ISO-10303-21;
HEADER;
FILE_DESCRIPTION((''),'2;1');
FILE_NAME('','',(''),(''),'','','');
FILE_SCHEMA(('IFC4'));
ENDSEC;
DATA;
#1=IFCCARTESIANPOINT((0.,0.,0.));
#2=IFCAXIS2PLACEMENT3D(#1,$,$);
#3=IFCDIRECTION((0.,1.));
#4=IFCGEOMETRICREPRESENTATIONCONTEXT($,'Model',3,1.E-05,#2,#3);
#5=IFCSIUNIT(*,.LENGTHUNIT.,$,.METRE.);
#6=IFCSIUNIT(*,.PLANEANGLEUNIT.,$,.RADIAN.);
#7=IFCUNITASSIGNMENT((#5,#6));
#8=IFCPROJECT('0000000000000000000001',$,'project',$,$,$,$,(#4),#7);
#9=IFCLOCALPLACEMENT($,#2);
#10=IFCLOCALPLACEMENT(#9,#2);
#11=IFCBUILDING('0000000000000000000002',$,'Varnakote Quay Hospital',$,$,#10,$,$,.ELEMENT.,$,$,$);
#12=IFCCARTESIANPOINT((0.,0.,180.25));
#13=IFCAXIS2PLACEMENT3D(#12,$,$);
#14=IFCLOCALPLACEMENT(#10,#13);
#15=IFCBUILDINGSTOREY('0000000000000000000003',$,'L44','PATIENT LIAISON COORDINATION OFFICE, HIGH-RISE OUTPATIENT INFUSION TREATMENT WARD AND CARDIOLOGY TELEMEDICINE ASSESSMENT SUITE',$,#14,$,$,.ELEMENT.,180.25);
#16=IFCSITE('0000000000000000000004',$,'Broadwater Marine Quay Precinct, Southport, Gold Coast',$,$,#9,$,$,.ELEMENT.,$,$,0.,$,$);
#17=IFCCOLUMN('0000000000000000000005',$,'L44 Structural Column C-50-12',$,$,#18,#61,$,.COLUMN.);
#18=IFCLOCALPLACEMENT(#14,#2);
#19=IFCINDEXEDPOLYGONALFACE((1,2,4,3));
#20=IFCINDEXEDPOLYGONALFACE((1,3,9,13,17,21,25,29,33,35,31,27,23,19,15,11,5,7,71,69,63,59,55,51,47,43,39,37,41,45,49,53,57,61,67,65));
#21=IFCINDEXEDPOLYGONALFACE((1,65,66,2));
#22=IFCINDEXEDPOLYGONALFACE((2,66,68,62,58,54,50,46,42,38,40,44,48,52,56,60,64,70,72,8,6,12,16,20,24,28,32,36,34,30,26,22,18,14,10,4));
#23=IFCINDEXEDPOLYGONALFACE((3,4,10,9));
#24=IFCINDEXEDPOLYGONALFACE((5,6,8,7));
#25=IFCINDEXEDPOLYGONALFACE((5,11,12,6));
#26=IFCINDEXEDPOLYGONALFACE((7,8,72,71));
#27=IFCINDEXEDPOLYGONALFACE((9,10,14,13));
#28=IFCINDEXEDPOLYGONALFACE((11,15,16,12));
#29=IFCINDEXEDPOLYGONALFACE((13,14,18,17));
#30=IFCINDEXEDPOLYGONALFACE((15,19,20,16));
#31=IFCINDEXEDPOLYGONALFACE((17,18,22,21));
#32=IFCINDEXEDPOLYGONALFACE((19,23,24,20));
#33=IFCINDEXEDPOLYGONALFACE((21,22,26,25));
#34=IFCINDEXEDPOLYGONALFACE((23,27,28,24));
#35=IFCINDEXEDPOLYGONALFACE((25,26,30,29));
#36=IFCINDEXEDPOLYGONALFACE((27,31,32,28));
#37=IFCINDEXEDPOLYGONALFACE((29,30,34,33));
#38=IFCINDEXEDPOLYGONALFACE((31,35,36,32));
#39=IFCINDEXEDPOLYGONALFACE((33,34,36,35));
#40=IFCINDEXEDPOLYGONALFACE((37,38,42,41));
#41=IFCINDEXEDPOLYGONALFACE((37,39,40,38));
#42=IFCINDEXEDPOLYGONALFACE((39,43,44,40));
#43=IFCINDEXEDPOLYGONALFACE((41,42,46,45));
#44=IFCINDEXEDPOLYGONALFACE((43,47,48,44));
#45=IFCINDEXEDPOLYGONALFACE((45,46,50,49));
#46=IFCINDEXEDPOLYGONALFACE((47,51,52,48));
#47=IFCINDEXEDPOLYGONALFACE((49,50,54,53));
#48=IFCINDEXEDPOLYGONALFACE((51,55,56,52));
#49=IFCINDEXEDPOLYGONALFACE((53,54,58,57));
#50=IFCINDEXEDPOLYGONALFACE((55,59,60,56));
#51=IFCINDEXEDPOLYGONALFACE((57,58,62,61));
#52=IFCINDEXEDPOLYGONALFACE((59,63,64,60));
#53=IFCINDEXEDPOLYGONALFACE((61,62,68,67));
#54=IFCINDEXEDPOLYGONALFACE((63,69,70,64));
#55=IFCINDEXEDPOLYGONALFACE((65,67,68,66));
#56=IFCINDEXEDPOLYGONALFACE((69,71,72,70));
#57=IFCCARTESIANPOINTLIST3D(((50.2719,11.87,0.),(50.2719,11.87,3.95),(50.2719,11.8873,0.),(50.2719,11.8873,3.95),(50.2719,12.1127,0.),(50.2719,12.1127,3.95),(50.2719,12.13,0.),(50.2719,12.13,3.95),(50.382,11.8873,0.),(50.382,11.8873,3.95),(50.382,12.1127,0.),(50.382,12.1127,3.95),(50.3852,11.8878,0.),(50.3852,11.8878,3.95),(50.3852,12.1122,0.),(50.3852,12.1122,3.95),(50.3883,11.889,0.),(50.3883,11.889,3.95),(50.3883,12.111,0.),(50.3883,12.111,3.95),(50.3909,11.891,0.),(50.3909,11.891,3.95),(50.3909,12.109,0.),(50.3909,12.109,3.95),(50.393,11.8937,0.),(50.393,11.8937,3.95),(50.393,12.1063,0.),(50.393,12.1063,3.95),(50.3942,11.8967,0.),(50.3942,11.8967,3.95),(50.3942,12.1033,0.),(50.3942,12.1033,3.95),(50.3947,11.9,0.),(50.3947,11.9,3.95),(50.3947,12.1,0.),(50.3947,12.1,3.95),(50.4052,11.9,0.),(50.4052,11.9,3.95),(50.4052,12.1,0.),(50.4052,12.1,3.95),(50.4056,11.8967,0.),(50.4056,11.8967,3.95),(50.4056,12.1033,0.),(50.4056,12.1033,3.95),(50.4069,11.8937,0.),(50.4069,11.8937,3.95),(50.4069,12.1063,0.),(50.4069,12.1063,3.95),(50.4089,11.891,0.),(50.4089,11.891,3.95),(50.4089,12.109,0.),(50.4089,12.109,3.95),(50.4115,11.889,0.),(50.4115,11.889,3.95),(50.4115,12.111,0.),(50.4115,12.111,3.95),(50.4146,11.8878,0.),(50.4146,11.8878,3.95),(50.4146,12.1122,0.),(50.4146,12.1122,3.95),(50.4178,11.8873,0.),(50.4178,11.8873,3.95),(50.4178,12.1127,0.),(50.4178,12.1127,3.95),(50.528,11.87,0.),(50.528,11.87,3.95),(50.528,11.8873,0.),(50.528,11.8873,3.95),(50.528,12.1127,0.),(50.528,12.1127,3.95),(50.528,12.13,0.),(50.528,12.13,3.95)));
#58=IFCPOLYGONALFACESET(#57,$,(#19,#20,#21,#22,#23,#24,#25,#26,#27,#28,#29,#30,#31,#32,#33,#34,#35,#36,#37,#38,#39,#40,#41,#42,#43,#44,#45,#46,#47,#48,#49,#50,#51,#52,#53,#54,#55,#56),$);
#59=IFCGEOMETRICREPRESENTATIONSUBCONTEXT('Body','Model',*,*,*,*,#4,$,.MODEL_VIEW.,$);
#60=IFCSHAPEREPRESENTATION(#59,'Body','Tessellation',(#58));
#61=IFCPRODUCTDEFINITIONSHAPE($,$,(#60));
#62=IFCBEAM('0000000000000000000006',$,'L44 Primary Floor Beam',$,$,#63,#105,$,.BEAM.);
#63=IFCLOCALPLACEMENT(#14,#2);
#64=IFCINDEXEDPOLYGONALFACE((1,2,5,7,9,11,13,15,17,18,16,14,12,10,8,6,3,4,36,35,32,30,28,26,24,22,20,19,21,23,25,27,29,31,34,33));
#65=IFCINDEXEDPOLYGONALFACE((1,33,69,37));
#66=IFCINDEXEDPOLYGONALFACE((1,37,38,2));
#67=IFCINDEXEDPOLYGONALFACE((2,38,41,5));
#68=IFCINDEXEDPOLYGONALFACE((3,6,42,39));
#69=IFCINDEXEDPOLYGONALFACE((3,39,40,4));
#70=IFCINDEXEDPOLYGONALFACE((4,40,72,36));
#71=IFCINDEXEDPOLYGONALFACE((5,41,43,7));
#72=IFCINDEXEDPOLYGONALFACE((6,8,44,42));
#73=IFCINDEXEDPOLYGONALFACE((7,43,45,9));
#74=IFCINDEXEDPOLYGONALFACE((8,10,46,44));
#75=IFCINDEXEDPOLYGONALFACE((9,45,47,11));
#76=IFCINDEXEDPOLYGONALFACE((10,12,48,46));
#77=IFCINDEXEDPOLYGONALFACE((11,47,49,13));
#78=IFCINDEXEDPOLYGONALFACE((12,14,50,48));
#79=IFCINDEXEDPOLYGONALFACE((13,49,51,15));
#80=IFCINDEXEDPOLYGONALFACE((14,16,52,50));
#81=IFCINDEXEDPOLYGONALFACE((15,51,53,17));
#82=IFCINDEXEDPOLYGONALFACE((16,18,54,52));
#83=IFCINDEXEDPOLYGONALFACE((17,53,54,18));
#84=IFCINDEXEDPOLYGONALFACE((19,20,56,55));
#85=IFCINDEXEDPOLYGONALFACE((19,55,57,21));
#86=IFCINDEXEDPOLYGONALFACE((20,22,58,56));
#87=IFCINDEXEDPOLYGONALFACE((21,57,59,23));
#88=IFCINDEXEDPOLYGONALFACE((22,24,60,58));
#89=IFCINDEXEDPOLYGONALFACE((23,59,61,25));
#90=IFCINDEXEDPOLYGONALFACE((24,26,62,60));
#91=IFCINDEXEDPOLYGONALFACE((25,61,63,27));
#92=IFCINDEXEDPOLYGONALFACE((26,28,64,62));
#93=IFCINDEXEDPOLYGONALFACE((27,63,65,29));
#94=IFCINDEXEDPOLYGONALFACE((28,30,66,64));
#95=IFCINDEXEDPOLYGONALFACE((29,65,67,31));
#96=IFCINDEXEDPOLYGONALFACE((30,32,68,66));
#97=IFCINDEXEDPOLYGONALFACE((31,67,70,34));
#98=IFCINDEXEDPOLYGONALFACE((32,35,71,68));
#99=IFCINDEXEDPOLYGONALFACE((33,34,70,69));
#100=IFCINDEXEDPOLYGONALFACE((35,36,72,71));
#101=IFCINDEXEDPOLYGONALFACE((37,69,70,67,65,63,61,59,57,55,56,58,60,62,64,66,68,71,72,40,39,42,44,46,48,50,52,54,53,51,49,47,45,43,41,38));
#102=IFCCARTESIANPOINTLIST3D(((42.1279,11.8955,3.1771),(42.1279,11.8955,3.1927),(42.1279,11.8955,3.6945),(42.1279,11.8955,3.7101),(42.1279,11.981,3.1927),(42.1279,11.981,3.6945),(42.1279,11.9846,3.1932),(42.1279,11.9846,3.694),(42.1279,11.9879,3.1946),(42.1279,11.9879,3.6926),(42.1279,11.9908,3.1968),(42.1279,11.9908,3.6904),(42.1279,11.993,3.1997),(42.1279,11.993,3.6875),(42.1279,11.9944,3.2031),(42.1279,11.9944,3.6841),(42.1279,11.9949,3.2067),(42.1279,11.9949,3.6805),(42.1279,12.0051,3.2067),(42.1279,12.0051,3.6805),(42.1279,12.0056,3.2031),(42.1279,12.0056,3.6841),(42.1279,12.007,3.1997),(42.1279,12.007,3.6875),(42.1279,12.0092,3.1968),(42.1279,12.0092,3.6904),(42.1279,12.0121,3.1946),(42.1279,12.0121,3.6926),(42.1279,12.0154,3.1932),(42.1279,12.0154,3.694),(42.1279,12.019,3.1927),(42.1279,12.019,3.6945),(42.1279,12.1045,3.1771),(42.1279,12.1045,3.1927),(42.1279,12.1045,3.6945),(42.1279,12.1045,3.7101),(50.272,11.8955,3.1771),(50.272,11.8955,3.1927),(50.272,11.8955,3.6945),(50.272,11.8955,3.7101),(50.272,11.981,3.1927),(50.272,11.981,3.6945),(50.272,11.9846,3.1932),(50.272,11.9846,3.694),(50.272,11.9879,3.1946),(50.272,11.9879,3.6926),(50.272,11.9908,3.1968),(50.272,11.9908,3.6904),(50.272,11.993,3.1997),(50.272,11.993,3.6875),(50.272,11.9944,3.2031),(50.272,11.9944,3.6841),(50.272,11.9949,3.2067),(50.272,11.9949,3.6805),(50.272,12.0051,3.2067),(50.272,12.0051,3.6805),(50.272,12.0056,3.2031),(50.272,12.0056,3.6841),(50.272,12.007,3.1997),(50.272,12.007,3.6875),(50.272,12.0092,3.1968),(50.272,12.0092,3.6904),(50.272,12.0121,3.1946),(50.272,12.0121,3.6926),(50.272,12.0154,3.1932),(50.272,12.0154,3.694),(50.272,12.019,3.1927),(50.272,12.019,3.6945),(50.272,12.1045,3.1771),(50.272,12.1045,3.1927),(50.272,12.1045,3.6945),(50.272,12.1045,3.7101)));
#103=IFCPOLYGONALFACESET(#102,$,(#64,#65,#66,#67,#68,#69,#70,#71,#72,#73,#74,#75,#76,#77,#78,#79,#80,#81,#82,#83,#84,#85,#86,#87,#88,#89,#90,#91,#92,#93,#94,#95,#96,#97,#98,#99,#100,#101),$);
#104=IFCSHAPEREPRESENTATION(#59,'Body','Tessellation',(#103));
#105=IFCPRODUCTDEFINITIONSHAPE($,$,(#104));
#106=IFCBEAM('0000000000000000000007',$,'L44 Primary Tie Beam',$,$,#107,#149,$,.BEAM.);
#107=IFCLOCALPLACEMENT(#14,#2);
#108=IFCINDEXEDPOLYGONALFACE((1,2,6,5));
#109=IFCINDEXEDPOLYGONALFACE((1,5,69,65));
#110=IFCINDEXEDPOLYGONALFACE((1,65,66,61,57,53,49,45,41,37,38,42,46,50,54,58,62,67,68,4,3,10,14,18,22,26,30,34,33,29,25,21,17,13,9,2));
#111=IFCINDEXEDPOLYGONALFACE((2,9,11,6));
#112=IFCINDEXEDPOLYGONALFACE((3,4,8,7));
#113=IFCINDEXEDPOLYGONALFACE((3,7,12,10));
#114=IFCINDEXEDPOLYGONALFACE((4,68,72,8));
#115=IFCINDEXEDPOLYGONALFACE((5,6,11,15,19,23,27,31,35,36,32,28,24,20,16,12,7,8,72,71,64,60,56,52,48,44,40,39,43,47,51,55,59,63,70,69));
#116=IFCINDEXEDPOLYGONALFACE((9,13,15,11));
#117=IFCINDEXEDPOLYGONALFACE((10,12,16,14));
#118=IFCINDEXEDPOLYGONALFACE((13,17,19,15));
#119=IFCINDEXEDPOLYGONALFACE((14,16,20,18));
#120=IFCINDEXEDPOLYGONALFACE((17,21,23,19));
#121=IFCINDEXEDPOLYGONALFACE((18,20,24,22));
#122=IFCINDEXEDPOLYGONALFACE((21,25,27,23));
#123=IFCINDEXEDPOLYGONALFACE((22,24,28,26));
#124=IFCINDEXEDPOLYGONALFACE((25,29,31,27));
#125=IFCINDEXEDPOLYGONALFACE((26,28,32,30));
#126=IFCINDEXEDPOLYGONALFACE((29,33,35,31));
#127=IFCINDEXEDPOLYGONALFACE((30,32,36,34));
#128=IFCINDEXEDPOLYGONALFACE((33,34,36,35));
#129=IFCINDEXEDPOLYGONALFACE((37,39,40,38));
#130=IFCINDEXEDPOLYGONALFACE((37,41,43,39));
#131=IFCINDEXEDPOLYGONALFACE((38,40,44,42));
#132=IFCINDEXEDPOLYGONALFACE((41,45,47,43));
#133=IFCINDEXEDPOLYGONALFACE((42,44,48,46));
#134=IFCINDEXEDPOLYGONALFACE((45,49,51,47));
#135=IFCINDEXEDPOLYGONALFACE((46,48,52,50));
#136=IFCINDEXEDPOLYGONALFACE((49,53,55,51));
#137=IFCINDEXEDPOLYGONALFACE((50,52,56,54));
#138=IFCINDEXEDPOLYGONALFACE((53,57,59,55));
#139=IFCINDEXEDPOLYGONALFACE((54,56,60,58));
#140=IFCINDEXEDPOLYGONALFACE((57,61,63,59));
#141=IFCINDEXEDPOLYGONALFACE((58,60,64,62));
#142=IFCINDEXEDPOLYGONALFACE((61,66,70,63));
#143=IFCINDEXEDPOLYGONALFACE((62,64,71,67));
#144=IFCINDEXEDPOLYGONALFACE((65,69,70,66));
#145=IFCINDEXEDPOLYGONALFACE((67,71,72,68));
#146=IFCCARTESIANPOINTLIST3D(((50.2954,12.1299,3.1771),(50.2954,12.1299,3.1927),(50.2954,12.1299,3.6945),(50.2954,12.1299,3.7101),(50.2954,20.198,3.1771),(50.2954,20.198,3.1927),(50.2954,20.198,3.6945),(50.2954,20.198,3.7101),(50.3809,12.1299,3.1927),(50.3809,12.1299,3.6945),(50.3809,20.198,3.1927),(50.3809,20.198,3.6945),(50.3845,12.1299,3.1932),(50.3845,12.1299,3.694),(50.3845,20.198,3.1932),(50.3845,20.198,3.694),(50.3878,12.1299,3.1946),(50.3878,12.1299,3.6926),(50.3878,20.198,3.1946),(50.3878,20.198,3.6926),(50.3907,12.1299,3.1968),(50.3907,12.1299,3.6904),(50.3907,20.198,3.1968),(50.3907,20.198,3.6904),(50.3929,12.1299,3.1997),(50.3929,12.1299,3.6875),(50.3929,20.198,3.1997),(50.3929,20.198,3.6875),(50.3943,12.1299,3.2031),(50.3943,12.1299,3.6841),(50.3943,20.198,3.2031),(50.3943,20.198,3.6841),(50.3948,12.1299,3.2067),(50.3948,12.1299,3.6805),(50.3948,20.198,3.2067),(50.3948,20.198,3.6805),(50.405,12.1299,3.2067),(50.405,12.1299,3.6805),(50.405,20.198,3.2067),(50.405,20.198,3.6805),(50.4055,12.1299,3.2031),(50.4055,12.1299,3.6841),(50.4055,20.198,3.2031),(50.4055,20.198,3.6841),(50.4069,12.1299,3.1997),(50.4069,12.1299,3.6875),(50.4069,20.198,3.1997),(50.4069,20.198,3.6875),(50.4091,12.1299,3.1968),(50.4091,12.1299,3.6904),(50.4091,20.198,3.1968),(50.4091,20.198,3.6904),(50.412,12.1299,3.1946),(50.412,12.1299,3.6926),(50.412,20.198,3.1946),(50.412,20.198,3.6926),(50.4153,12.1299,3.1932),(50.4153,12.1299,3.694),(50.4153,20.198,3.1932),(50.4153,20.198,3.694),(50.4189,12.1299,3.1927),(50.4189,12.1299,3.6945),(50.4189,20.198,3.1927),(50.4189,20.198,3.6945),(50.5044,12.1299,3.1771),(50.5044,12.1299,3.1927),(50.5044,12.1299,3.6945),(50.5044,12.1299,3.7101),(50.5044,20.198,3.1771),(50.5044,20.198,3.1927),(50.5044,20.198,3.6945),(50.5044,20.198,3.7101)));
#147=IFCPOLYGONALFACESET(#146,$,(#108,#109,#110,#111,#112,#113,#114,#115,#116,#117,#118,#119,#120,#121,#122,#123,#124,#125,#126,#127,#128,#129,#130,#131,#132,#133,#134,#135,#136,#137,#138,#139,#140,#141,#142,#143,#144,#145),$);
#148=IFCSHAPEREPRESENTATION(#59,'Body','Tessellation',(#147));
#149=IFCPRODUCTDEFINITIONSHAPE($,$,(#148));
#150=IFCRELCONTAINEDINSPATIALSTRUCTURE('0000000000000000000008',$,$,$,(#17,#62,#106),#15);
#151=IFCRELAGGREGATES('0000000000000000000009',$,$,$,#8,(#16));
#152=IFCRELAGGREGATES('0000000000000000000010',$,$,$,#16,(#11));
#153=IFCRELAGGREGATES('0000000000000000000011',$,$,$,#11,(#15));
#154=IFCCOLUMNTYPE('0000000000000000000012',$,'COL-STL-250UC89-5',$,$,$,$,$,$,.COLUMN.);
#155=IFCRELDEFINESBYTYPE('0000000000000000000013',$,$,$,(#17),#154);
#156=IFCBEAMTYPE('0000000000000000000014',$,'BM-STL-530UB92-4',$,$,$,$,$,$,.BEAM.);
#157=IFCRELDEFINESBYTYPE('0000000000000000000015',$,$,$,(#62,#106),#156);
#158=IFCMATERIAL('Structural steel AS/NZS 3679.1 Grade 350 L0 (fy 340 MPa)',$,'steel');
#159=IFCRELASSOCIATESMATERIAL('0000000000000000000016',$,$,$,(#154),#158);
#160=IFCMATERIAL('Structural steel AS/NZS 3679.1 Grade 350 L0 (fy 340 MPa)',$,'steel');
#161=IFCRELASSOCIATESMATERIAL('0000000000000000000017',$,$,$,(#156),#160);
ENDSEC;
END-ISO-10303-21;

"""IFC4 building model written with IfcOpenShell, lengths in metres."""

from ifc_helpers import new_model, si_unit, direction, frame, origin, origin_2d, place, context, subcontext, project, spatial, i_section, extrude, material, material_profile, profile_set, type_object, element, save


model = new_model("IFC4")

# Units and contexts
model_context = context("Model", 3, precision=1e-05, world=origin(), true_north=direction((0.0, 1.0)))
body_context = subcontext(model_context, "Body", "Model", "MODEL_VIEW")
ifc_project = project(units=[si_unit("LENGTHUNIT", "METRE"), si_unit("PLANEANGLEUNIT", "RADIAN")], contexts=[model_context])

# Site, building, storey
site_placement = place(None, origin())
site = spatial("IfcSite", under=ifc_project, at=site_placement, Name="Broadwater Marine Quay Precinct, Southport, Gold Coast", CompositionType="ELEMENT", RefElevation=0.0)
building_placement = place(site_placement, origin())
building = spatial("IfcBuilding", under=site, at=building_placement, Name="Varnakote Quay Hospital", CompositionType="ELEMENT")
storey_placement = place(building_placement, frame((0.0, 0.0, 180.25)))
storey = spatial("IfcBuildingStorey", under=building, at=storey_placement, Name="L44", Description="PATIENT LIAISON COORDINATION OFFICE, HIGH-RISE OUTPATIENT INFUSION TREATMENT WARD AND CARDIOLOGY TELEMEDICINE ASSESSMENT SUITE", CompositionType="ELEMENT", Elevation=180.25)

# Column
ifc_material_1 = material(Name="Structural steel AS/NZS 3679.1 Grade 350 L0 (fy 340 MPa)", Category="steel")
ifc_material_profile_1 = material_profile(ifc_material_1, i_section(OverallWidth=0.2561, OverallDepth=0.26, WebThickness=0.0105, FlangeThickness=0.0173, FilletRadius=0.0127, at=origin_2d()), Name="250UC89.5")
ifc_profile_set_1 = profile_set([ifc_material_profile_1], Name="Structural steel AS/NZS 3679.1 Grade 350 L0 (fy 340 MPa)")
column_type = type_object("IfcColumnType", Name="COL-STL-250UC89-5", PredefinedType="COLUMN", material=ifc_profile_set_1)
column_placement = place(storey_placement, frame((50.3999, 12.0, 0.0), z_axis=(0.0, 0.0, 1.0), x_axis=(1.0, 0.0, 0.0)))
element("IfcColumn", 1, at=column_placement, inside=storey, type_object=column_type, Name="L44 Structural Column C-50-12", PredefinedType="COLUMN", context=body_context, shape_type="SweptSolid", body=[
    extrude(i_section(OverallWidth=0.2561, OverallDepth=0.26, WebThickness=0.0105, FlangeThickness=0.0173, FilletRadius=0.0127, at=origin_2d()), origin(), (0.0, 0.0, 1.0), 3.95),
])

# Beams
ifc_material_2 = material(Name="Structural steel AS/NZS 3679.1 Grade 350 L0 (fy 340 MPa)", Category="steel")
ifc_material_profile_2 = material_profile(ifc_material_2, i_section(OverallWidth=0.209, OverallDepth=0.533, WebThickness=0.0103, FlangeThickness=0.0156, FilletRadius=0.0139, at=origin_2d()), Name="530UB92.4")
ifc_profile_set_2 = profile_set([ifc_material_profile_2], Name="Structural steel AS/NZS 3679.1 Grade 350 L0 (fy 340 MPa)")
beam_type_1 = type_object("IfcBeamType", Name="BM-STL-530UB92-4", PredefinedType="BEAM", material=ifc_profile_set_2)
beam_1_placement = place(storey_placement, frame((42.1279, 12.0, 3.4436), z_axis=(1.0, 0.0, 0.0), x_axis=(0.0, 1.0, 0.0)))
element("IfcBeam", 2, at=beam_1_placement, inside=storey, type_object=beam_type_1, Name="L44 Primary Floor Beam", PredefinedType="BEAM", context=body_context, shape_type="SweptSolid", body=[
    extrude(i_section(OverallWidth=0.209, OverallDepth=0.533, WebThickness=0.0103, FlangeThickness=0.0156, FilletRadius=0.0139, at=origin_2d()), origin(), (0.0, 0.0, 1.0), 8.144),
])
beam_2_placement = place(storey_placement, frame((50.3999, 12.1299, 3.4436), z_axis=(0.0, 1.0, 0.0), x_axis=(-1.0, 0.0, 0.0)))
element("IfcBeam", 3, at=beam_2_placement, inside=storey, type_object=beam_type_1, Name="L44 Primary Tie Beam", PredefinedType="BEAM", context=body_context, shape_type="SweptSolid", body=[
    extrude(i_section(OverallWidth=0.209, OverallDepth=0.533, WebThickness=0.0103, FlangeThickness=0.0156, FilletRadius=0.0139, at=origin_2d()), origin(), (0.0, 0.0, 1.0), 8.0681),
])

save(model, "model.ifc")
